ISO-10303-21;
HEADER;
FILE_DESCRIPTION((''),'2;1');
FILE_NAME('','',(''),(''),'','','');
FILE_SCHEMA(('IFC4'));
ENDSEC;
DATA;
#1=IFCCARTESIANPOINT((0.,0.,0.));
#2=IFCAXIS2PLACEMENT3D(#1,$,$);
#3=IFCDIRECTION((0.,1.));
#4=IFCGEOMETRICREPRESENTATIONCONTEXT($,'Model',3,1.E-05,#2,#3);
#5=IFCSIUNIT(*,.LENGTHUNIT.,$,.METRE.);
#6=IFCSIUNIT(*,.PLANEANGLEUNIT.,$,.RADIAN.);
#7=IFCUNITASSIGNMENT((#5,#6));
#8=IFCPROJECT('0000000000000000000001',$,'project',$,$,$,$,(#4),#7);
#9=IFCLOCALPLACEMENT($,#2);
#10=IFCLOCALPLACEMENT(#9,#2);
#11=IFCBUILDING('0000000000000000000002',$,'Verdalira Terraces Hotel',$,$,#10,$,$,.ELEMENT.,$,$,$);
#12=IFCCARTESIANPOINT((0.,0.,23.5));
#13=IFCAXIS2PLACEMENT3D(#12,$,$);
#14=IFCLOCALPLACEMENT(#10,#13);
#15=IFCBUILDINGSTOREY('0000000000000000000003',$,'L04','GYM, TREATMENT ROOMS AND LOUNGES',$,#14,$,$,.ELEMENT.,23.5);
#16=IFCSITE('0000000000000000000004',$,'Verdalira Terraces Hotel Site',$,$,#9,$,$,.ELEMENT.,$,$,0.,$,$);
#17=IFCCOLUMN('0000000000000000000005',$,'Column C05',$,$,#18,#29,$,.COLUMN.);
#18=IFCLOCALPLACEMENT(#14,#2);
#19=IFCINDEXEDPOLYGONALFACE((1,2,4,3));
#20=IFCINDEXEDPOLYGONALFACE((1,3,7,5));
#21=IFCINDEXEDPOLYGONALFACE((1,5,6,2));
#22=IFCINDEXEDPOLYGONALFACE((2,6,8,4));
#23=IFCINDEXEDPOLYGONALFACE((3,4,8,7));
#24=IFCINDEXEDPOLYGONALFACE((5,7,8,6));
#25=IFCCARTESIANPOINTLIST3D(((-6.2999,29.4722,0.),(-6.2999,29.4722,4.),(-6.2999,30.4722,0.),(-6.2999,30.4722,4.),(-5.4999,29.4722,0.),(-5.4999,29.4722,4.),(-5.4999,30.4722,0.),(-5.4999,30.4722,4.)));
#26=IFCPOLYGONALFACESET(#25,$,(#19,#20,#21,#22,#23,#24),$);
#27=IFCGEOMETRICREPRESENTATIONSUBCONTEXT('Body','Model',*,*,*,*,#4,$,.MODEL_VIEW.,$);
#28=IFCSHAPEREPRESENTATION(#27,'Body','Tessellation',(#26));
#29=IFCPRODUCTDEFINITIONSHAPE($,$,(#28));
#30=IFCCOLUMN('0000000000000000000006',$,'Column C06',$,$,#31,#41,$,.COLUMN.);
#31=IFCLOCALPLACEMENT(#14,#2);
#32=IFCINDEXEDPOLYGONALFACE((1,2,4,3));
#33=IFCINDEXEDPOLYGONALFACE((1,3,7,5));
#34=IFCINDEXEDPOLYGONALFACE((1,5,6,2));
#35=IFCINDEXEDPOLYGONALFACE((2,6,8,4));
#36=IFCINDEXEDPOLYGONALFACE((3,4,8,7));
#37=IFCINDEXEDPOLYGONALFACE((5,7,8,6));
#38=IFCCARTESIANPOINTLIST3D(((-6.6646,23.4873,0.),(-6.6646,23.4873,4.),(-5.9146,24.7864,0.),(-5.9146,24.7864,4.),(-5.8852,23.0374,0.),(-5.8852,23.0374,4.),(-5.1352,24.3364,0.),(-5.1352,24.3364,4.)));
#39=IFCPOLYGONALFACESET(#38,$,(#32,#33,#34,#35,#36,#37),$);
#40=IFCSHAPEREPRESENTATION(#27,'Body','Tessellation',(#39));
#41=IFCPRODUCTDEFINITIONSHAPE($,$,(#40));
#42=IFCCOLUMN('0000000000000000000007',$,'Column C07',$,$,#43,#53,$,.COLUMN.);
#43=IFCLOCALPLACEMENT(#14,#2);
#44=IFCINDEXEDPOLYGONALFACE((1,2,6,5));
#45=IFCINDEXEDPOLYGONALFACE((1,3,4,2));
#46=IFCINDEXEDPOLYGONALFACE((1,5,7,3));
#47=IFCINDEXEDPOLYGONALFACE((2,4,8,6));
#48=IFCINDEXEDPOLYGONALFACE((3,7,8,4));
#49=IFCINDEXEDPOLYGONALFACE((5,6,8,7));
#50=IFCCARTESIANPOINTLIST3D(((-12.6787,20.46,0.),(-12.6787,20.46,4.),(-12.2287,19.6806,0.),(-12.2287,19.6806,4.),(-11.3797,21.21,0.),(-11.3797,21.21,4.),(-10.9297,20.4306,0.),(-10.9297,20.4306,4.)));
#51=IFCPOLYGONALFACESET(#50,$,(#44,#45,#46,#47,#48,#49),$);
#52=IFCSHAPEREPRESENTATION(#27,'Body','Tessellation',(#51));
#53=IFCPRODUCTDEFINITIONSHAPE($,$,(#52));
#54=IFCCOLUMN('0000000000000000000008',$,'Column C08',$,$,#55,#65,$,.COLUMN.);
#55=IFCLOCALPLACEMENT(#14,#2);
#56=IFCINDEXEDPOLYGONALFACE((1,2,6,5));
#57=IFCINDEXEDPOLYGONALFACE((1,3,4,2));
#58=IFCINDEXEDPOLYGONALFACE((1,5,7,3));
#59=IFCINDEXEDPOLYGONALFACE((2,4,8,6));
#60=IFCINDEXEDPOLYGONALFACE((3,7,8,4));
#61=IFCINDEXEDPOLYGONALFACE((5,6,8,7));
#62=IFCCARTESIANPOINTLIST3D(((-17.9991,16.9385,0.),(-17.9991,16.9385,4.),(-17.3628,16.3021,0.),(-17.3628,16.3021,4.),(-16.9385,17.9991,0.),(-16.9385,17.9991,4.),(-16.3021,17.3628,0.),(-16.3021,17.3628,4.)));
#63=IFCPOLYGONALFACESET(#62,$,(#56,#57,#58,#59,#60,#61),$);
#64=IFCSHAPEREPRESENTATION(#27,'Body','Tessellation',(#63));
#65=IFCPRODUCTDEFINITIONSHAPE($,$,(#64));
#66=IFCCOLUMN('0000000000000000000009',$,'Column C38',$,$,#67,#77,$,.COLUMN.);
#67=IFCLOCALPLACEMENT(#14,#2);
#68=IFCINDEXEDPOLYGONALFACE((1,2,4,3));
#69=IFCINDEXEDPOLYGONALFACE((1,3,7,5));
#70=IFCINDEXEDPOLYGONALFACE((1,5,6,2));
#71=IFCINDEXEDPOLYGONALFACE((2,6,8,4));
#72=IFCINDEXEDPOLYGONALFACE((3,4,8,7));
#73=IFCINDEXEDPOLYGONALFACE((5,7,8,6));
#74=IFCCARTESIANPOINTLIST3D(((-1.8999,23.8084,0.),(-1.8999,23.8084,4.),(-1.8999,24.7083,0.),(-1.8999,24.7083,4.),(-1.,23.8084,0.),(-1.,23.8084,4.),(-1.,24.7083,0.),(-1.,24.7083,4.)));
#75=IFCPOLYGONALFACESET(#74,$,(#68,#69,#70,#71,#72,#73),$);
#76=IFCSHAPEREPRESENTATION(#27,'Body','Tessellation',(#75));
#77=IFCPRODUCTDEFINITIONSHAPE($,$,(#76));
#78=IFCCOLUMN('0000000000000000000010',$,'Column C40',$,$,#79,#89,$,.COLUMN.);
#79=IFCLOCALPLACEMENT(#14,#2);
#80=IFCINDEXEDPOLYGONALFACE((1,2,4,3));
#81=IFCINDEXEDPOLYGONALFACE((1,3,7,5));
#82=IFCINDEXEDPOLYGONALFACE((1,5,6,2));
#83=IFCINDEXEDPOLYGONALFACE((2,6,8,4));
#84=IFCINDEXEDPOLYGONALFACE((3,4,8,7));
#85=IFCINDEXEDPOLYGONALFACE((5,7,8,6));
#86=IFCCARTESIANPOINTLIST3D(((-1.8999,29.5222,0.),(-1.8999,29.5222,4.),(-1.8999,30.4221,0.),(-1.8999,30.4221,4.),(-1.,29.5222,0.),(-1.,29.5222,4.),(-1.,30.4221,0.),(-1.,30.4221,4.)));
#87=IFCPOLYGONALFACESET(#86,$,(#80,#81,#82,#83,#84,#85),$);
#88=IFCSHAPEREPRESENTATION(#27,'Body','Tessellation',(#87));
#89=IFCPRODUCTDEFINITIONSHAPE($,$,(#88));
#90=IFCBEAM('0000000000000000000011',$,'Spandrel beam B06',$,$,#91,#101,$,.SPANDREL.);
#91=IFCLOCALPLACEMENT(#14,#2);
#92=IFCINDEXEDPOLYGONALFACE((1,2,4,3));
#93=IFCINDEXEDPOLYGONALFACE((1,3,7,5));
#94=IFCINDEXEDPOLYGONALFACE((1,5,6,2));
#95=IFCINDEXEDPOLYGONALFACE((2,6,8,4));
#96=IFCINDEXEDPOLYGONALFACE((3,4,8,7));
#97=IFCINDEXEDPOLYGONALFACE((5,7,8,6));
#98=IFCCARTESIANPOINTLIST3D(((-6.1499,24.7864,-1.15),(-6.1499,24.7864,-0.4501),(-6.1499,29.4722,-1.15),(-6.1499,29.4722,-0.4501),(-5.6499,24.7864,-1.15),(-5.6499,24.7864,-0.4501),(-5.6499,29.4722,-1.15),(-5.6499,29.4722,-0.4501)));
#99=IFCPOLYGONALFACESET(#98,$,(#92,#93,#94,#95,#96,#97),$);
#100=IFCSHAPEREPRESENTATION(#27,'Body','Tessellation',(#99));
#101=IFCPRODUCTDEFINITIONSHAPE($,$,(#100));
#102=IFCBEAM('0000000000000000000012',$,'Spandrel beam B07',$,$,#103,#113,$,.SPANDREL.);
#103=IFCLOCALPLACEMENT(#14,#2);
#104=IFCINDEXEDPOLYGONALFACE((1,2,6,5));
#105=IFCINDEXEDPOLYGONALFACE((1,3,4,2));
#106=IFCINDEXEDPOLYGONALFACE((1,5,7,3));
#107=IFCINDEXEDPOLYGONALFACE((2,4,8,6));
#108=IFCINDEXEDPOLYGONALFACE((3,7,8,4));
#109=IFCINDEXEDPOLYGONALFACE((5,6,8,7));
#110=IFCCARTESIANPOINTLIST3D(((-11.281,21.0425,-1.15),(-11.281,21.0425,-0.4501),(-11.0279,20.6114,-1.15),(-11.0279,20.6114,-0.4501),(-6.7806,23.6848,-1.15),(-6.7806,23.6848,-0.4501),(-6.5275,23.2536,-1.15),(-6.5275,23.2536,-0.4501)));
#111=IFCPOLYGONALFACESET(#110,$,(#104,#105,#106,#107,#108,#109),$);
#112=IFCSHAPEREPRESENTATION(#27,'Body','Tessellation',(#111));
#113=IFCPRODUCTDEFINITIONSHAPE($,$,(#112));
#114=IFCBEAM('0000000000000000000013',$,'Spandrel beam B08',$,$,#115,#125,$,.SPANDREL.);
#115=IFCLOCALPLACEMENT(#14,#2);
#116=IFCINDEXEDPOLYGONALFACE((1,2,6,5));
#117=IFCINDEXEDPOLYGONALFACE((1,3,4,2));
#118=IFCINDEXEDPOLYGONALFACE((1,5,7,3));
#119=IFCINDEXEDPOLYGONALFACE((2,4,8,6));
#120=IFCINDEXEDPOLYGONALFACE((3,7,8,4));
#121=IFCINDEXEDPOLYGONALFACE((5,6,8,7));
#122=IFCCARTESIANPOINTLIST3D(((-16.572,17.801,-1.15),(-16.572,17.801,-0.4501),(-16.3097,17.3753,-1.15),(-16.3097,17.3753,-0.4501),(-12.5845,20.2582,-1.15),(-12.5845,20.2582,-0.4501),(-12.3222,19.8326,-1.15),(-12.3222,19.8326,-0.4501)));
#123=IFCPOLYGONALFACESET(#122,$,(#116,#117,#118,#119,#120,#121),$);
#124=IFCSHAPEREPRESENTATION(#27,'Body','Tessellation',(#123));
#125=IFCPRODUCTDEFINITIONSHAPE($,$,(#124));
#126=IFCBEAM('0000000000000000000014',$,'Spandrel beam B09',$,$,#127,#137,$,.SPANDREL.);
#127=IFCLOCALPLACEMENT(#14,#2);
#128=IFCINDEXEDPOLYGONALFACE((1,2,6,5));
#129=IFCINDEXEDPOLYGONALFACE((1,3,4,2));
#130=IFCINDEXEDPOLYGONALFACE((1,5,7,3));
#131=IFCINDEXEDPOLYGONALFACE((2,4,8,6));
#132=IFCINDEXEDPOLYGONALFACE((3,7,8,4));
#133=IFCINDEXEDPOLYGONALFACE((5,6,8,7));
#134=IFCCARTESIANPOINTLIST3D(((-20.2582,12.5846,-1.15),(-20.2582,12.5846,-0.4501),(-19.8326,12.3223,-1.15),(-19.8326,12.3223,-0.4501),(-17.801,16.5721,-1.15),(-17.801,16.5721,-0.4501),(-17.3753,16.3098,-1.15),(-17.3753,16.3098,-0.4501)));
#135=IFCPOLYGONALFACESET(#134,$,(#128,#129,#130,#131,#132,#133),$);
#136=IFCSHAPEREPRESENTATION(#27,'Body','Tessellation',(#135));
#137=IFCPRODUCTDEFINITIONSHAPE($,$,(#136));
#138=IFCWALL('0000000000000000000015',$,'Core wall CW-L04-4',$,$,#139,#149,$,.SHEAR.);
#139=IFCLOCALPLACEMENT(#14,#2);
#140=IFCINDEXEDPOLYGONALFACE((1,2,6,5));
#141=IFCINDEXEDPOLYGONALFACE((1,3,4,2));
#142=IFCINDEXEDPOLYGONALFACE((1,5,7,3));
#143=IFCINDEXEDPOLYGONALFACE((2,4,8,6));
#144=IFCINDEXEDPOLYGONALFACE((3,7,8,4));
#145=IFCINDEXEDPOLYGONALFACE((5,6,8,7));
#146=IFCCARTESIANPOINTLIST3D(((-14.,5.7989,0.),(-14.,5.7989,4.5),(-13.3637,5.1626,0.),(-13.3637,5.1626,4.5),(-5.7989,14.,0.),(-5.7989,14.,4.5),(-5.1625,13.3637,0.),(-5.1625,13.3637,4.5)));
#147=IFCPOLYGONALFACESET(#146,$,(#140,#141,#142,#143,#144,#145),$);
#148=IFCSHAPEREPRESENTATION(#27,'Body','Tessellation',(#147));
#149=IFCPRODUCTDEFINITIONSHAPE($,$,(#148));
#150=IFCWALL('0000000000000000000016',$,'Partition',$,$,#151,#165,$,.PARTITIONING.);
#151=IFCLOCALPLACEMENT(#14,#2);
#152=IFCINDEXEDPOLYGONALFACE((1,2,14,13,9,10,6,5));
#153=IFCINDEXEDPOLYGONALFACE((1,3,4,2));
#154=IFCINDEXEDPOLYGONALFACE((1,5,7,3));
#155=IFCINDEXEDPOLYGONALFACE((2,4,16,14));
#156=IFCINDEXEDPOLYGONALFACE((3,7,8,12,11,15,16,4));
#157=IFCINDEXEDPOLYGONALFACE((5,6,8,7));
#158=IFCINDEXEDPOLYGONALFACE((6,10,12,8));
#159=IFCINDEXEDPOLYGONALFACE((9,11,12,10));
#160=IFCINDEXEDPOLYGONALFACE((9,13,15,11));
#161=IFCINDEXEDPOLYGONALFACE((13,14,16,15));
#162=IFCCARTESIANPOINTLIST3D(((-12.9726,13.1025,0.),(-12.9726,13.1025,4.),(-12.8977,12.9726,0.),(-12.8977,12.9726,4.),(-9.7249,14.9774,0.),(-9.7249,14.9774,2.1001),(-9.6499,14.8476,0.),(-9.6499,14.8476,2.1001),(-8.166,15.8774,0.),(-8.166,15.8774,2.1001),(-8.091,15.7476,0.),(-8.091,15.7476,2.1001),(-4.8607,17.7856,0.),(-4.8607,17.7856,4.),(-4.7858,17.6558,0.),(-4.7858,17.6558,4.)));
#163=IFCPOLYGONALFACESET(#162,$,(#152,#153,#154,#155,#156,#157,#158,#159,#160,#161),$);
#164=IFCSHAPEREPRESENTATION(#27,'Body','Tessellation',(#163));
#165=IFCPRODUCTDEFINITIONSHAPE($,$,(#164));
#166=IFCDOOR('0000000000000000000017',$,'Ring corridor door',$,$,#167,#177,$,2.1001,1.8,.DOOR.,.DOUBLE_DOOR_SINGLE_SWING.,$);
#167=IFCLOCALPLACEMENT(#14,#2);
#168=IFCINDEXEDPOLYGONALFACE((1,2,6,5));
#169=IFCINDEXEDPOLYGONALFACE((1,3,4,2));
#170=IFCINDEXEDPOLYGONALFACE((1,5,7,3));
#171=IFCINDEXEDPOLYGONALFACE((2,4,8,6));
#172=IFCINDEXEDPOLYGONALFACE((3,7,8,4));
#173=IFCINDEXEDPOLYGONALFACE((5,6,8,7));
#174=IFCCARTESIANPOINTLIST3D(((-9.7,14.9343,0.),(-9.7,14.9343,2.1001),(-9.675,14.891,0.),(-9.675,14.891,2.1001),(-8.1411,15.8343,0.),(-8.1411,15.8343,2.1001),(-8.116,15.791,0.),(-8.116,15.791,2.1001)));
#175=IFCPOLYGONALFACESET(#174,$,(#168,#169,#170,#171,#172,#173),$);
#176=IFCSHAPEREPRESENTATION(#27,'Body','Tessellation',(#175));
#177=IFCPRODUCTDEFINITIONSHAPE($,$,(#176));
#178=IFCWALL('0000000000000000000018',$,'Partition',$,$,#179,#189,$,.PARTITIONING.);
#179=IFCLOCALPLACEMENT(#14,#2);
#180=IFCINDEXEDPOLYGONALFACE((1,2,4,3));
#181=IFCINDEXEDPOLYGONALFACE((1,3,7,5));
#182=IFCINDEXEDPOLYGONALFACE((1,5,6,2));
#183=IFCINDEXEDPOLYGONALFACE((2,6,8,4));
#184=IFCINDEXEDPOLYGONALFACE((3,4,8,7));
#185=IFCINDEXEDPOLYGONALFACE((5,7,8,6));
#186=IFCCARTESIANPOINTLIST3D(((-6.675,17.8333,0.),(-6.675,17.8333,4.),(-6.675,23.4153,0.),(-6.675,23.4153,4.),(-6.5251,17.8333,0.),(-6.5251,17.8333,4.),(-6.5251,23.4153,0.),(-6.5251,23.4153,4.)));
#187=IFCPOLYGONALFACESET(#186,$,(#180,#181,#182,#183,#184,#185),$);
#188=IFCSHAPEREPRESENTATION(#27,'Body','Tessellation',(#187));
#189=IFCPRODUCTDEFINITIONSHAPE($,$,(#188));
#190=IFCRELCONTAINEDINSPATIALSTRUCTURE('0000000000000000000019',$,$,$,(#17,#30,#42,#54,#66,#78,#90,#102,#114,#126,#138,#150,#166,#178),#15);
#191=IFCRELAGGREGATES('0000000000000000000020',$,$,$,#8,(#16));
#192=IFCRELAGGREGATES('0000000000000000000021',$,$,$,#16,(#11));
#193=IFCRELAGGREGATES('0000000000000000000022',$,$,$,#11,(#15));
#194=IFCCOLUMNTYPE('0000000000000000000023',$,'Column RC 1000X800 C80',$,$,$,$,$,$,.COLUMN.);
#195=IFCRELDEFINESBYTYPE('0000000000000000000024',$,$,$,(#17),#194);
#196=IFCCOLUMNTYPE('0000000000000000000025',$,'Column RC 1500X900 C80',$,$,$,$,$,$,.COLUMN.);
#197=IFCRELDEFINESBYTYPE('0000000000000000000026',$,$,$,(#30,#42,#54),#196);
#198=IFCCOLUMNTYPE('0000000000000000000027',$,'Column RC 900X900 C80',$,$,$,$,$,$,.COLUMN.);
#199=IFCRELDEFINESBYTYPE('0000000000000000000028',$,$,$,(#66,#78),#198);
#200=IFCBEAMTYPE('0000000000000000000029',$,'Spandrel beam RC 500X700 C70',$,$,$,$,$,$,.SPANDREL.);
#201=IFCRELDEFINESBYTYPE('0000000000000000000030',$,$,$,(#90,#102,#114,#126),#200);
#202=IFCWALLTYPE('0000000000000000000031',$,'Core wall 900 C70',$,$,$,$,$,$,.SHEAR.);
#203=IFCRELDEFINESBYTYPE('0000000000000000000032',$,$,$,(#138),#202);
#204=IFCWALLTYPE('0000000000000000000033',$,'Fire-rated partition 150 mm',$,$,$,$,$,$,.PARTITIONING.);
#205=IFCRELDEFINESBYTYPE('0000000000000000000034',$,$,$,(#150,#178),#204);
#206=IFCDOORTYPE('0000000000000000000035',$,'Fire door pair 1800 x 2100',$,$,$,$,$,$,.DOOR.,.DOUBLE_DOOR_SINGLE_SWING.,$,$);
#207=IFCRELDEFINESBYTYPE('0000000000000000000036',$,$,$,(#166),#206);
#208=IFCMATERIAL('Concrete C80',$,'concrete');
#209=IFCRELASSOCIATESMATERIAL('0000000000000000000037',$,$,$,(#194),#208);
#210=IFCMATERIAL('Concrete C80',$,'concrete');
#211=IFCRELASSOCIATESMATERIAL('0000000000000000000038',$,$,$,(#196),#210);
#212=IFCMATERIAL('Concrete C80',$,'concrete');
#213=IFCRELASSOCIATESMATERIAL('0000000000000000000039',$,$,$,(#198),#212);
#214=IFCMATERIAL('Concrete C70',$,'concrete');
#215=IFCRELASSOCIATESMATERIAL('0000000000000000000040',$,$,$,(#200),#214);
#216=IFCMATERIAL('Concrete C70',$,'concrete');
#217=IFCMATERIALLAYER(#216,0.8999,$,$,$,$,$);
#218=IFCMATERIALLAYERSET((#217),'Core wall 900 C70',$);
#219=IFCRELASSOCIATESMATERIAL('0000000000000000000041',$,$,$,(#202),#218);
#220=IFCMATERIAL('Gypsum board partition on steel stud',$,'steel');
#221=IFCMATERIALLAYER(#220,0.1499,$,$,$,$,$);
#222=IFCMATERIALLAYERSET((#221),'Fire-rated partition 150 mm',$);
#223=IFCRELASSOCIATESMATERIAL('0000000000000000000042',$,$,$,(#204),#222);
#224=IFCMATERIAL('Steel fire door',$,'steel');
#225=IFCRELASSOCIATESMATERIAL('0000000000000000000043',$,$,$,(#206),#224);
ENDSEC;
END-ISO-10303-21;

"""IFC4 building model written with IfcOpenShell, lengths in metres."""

from ifc_helpers import new_model, si_unit, direction, frame, frame_2d, origin, origin_2d, place, context, subcontext, project, spatial, rectangle, extrude, material, layer, layer_set, material_profile, profile_set, type_object, element, fill, save


model = new_model("IFC4")

# Units and contexts
model_context = context("Model", 3, precision=1e-05, world=origin(), true_north=direction((0.0, 1.0)))
body_context = subcontext(model_context, "Body", "Model", "MODEL_VIEW")
ifc_project = project(units=[si_unit("LENGTHUNIT", "METRE"), si_unit("PLANEANGLEUNIT", "RADIAN")], contexts=[model_context])

# Site, building, storey
site_placement = place(None, origin())
site = spatial("IfcSite", under=ifc_project, at=site_placement, Name="Verdalira Terraces Hotel Site", CompositionType="ELEMENT", RefElevation=0.0)
building_placement = place(site_placement, origin())
building = spatial("IfcBuilding", under=site, at=building_placement, Name="Verdalira Terraces Hotel", CompositionType="ELEMENT")
storey_placement = place(building_placement, frame((0.0, 0.0, 23.5)))
storey = spatial("IfcBuildingStorey", under=building, at=storey_placement, Name="L04", Description="GYM, TREATMENT ROOMS AND LOUNGES", CompositionType="ELEMENT", Elevation=23.5)

# Columns
ifc_material_1 = material(Name="Concrete C80", Category="concrete")
ifc_material_profile_1 = material_profile(ifc_material_1, rectangle(XDim=1.0, YDim=0.8, at=origin_2d()), Name="RC 1000X800")
ifc_profile_set_1 = profile_set([ifc_material_profile_1], Name="Concrete C80")
column_type_1 = type_object("IfcColumnType", Name="Column RC 1000X800 C80", PredefinedType="COLUMN", material=ifc_profile_set_1)
column_placement = place(storey_placement, frame((-5.8999, 29.9722, 0.0), z_axis=(0.0, 0.0, 1.0), x_axis=(0.0, -1.0, 0.0)))
element("IfcColumn", 1, at=column_placement, inside=storey, type_object=column_type_1, Name="Column C05", PredefinedType="COLUMN", context=body_context, shape_type="SweptSolid", body=[
    extrude(rectangle(XDim=1.0, YDim=0.8, at=origin_2d()), origin(), (0.0, 0.0, 1.0), 4.0),
])
ifc_material_2 = material(Name="Concrete C80", Category="concrete")
ifc_material_profile_2 = material_profile(ifc_material_2, rectangle(XDim=1.5, YDim=0.8999, at=origin_2d()), Name="RC 1500X900")
ifc_profile_set_2 = profile_set([ifc_material_profile_2], Name="Concrete C80")
column_type_2 = type_object("IfcColumnType", Name="Column RC 1500X900 C80", PredefinedType="COLUMN", material=ifc_profile_set_2)
for number, where, z_axis, x_axis, name in (
    (2, (-5.8999, 23.9119, 0.0), (0.0, 0.0, 1.0), (0.5, 0.866025, 0.0), "Column C06"),
    (3, (-11.8042, 20.4453, 0.0), (0.0, 0.0, 1.0), (-0.866025, -0.5, 0.0), "Column C07"),
    (4, (-17.1506, 17.1506, 0.0), (0.0, 0.0, 1.0), (0.707107, 0.707107, 0.0), "Column C08"),
):
    element("IfcColumn", number, at=place(storey_placement, frame(where, z_axis=z_axis, x_axis=x_axis)), inside=storey, type_object=column_type_2, Name=name, PredefinedType="COLUMN", context=body_context, shape_type="SweptSolid", body=[
        extrude(rectangle(XDim=1.5, YDim=0.8999, at=origin_2d()), origin(), (0.0, 0.0, 1.0), 4.0),
    ])
ifc_material_3 = material(Name="Concrete C80", Category="concrete")
ifc_material_profile_3 = material_profile(ifc_material_3, rectangle(XDim=0.8999, YDim=0.8999, at=origin_2d()), Name="RC 900X900")
ifc_profile_set_3 = profile_set([ifc_material_profile_3], Name="Concrete C80")
column_type_3 = type_object("IfcColumnType", Name="Column RC 900X900 C80", PredefinedType="COLUMN", material=ifc_profile_set_3)
for number, where, z_axis, x_axis, name in (
    (5, (-1.45, 24.2583, 0.0), (0.0, 0.0, 1.0), (0.0, 1.0, 0.0), "Column C38"),
    (6, (-1.45, 29.9722, 0.0), (0.0, 0.0, 1.0), (0.0, 1.0, 0.0), "Column C40"),
):
    element("IfcColumn", number, at=place(storey_placement, frame(where, z_axis=z_axis, x_axis=x_axis)), inside=storey, type_object=column_type_3, Name=name, PredefinedType="COLUMN", context=body_context, shape_type="SweptSolid", body=[
        extrude(rectangle(XDim=0.8999, YDim=0.8999, at=origin_2d()), origin(), (0.0, 0.0, 1.0), 4.0),
    ])

# Beams
ifc_material_4 = material(Name="Concrete C70", Category="concrete")
ifc_material_profile_4 = material_profile(ifc_material_4, rectangle(XDim=0.5, YDim=0.7, at=origin_2d()), Name="RC 500X700")
ifc_profile_set_4 = profile_set([ifc_material_profile_4], Name="Concrete C70")
beam_type = type_object("IfcBeamType", Name="Spandrel beam RC 500X700 C70", PredefinedType="SPANDREL", material=ifc_profile_set_4)
beam_1_placement = place(storey_placement, frame((-5.8999, 29.4722, -0.8), z_axis=(0.0, -1.0, 0.0), x_axis=(1.0, 0.0, 0.0)))
element("IfcBeam", 7, at=beam_1_placement, inside=storey, type_object=beam_type, Name="Spandrel beam B06", PredefinedType="SPANDREL", context=body_context, shape_type="SweptSolid", body=[
    extrude(rectangle(XDim=0.5, YDim=0.7, at=origin_2d()), origin(), (0.0, 0.0, 1.0), 4.6858),
])
beam_2_placement = place(storey_placement, frame((-6.6541, 23.4692, -0.8), z_axis=(-0.862354, -0.506306, 0.0), x_axis=(0.506306, -0.862354, 0.0)))
element("IfcBeam", 8, at=beam_2_placement, inside=storey, type_object=beam_type, Name="Spandrel beam B07", PredefinedType="SPANDREL", context=body_context, shape_type="SweptSolid", body=[
    extrude(rectangle(XDim=0.5, YDim=0.7, at=origin_2d()), origin(), (0.0, 0.0, 1.0), 5.2188),
])
for number, where, z_axis, x_axis, name in (
    (9, (-12.4534, 20.0454, -0.8), (-0.851334, -0.524624, 0.0), (0.524624, -0.851334, 0.0), "Spandrel beam B08"),
    (10, (-17.5881, 16.4409, -0.8), (-0.524624, -0.851334, 0.0), (0.851334, -0.524624, 0.0), "Spandrel beam B09"),
):
    element("IfcBeam", number, at=place(storey_placement, frame(where, z_axis=z_axis, x_axis=x_axis)), inside=storey, type_object=beam_type, Name=name, PredefinedType="SPANDREL", context=body_context, shape_type="SweptSolid", body=[
        extrude(rectangle(XDim=0.5, YDim=0.7, at=origin_2d()), origin(), (0.0, 0.0, 1.0), 4.6838),
    ])

# Wall
ifc_material_5 = material(Name="Concrete C70", Category="concrete")
ifc_layer_1 = layer(ifc_material_5, 0.8999)
ifc_layer_set_1 = layer_set([ifc_layer_1], Name="Core wall 900 C70")
wall_type_1 = type_object("IfcWallType", Name="Core wall 900 C70", PredefinedType="SHEAR", material=ifc_layer_set_1)
wall_1_placement = place(storey_placement, frame((-5.4807, 13.6819, 0.0), z_axis=(0.0, 0.0, 1.0), x_axis=(-0.707107, -0.707107, 0.0)))
element("IfcWall", 11, at=wall_1_placement, inside=storey, type_object=wall_type_1, Name="Core wall CW-L04-4", PredefinedType="SHEAR", context=body_context, shape_type="SweptSolid", body=[
    extrude(rectangle(XDim=11.5981, YDim=0.8999, at=frame_2d((5.7991, 0.0))), origin(), (0.0, 0.0, 1.0), 4.5),
])

# Wall, opening, door
ifc_material_6 = material(Name="Gypsum board partition on steel stud", Category="steel")
ifc_layer_2 = layer(ifc_material_6, 0.1499)
ifc_layer_set_2 = layer_set([ifc_layer_2], Name="Fire-rated partition 150 mm")
wall_type_2 = type_object("IfcWallType", Name="Fire-rated partition 150 mm", PredefinedType="PARTITIONING", material=ifc_layer_set_2)
wall_2_placement = place(storey_placement, frame((-4.8232, 17.7207, 0.0), z_axis=(0.0, 0.0, 1.0), x_axis=(-0.866037, -0.49998, 0.0)))
wall_2 = element("IfcWall", 12, at=wall_2_placement, inside=storey, type_object=wall_type_2, Name="Partition", PredefinedType="PARTITIONING", context=body_context, shape_type="SweptSolid", body=[
    extrude(rectangle(XDim=9.3667, YDim=0.1499, at=frame_2d((4.6833, 0.0))), origin(), (0.0, 0.0, 1.0), 4.0),
])
opening_1_placement = place(wall_2_placement, frame((3.8167, 0.0, 0.0)))
opening_1 = element("IfcOpeningElement", 13, at=opening_1_placement, cuts=wall_2, PredefinedType="OPENING", context=body_context, shape_type="SweptSolid", body=[
    extrude(rectangle(XDim=1.8, YDim=2.1001, at=frame_2d((0.8999, 1.05))), frame((0.0, 0.085, 0.0), z_axis=(0.0, -1.0, 0.0), x_axis=(1.0, 0.0, 0.0)), (0.0, 0.0, 1.0), 0.1699),
])
ifc_material_7 = material(Name="Steel fire door", Category="steel")
door_type = type_object("IfcDoorType", Name="Fire door pair 1800 x 2100", OperationType="DOUBLE_DOOR_SINGLE_SWING", PredefinedType="DOOR", material=ifc_material_7)
door_1_placement = place(opening_1_placement, origin())
door_1 = element("IfcDoor", 14, at=door_1_placement, inside=storey, type_object=door_type, Name="Ring corridor door", OperationType="DOUBLE_DOOR_SINGLE_SWING", OverallHeight=2.1001, OverallWidth=1.8, PredefinedType="DOOR", context=body_context, shape_type="SweptSolid", body=[
    extrude(rectangle(XDim=1.8, YDim=2.1001, at=frame_2d((0.8999, 1.05))), frame((0.0, 0.0249, 0.0), z_axis=(0.0, -1.0, 0.0), x_axis=(1.0, 0.0, 0.0)), (0.0, 0.0, 1.0), 0.05),
])
fill(opening_1, door_1)

# Wall
wall_3_placement = place(storey_placement, frame((-6.6001, 23.4153, 0.0), z_axis=(0.0, 0.0, 1.0), x_axis=(0.0, -1.0, 0.0)))
element("IfcWall", 15, at=wall_3_placement, inside=storey, type_object=wall_type_2, Name="Partition", PredefinedType="PARTITIONING", context=body_context, shape_type="SweptSolid", body=[
    extrude(rectangle(XDim=5.582, YDim=0.1499, at=frame_2d((2.791, 0.0))), origin(), (0.0, 0.0, 1.0), 4.0),
])

save(model, "model.ifc")
